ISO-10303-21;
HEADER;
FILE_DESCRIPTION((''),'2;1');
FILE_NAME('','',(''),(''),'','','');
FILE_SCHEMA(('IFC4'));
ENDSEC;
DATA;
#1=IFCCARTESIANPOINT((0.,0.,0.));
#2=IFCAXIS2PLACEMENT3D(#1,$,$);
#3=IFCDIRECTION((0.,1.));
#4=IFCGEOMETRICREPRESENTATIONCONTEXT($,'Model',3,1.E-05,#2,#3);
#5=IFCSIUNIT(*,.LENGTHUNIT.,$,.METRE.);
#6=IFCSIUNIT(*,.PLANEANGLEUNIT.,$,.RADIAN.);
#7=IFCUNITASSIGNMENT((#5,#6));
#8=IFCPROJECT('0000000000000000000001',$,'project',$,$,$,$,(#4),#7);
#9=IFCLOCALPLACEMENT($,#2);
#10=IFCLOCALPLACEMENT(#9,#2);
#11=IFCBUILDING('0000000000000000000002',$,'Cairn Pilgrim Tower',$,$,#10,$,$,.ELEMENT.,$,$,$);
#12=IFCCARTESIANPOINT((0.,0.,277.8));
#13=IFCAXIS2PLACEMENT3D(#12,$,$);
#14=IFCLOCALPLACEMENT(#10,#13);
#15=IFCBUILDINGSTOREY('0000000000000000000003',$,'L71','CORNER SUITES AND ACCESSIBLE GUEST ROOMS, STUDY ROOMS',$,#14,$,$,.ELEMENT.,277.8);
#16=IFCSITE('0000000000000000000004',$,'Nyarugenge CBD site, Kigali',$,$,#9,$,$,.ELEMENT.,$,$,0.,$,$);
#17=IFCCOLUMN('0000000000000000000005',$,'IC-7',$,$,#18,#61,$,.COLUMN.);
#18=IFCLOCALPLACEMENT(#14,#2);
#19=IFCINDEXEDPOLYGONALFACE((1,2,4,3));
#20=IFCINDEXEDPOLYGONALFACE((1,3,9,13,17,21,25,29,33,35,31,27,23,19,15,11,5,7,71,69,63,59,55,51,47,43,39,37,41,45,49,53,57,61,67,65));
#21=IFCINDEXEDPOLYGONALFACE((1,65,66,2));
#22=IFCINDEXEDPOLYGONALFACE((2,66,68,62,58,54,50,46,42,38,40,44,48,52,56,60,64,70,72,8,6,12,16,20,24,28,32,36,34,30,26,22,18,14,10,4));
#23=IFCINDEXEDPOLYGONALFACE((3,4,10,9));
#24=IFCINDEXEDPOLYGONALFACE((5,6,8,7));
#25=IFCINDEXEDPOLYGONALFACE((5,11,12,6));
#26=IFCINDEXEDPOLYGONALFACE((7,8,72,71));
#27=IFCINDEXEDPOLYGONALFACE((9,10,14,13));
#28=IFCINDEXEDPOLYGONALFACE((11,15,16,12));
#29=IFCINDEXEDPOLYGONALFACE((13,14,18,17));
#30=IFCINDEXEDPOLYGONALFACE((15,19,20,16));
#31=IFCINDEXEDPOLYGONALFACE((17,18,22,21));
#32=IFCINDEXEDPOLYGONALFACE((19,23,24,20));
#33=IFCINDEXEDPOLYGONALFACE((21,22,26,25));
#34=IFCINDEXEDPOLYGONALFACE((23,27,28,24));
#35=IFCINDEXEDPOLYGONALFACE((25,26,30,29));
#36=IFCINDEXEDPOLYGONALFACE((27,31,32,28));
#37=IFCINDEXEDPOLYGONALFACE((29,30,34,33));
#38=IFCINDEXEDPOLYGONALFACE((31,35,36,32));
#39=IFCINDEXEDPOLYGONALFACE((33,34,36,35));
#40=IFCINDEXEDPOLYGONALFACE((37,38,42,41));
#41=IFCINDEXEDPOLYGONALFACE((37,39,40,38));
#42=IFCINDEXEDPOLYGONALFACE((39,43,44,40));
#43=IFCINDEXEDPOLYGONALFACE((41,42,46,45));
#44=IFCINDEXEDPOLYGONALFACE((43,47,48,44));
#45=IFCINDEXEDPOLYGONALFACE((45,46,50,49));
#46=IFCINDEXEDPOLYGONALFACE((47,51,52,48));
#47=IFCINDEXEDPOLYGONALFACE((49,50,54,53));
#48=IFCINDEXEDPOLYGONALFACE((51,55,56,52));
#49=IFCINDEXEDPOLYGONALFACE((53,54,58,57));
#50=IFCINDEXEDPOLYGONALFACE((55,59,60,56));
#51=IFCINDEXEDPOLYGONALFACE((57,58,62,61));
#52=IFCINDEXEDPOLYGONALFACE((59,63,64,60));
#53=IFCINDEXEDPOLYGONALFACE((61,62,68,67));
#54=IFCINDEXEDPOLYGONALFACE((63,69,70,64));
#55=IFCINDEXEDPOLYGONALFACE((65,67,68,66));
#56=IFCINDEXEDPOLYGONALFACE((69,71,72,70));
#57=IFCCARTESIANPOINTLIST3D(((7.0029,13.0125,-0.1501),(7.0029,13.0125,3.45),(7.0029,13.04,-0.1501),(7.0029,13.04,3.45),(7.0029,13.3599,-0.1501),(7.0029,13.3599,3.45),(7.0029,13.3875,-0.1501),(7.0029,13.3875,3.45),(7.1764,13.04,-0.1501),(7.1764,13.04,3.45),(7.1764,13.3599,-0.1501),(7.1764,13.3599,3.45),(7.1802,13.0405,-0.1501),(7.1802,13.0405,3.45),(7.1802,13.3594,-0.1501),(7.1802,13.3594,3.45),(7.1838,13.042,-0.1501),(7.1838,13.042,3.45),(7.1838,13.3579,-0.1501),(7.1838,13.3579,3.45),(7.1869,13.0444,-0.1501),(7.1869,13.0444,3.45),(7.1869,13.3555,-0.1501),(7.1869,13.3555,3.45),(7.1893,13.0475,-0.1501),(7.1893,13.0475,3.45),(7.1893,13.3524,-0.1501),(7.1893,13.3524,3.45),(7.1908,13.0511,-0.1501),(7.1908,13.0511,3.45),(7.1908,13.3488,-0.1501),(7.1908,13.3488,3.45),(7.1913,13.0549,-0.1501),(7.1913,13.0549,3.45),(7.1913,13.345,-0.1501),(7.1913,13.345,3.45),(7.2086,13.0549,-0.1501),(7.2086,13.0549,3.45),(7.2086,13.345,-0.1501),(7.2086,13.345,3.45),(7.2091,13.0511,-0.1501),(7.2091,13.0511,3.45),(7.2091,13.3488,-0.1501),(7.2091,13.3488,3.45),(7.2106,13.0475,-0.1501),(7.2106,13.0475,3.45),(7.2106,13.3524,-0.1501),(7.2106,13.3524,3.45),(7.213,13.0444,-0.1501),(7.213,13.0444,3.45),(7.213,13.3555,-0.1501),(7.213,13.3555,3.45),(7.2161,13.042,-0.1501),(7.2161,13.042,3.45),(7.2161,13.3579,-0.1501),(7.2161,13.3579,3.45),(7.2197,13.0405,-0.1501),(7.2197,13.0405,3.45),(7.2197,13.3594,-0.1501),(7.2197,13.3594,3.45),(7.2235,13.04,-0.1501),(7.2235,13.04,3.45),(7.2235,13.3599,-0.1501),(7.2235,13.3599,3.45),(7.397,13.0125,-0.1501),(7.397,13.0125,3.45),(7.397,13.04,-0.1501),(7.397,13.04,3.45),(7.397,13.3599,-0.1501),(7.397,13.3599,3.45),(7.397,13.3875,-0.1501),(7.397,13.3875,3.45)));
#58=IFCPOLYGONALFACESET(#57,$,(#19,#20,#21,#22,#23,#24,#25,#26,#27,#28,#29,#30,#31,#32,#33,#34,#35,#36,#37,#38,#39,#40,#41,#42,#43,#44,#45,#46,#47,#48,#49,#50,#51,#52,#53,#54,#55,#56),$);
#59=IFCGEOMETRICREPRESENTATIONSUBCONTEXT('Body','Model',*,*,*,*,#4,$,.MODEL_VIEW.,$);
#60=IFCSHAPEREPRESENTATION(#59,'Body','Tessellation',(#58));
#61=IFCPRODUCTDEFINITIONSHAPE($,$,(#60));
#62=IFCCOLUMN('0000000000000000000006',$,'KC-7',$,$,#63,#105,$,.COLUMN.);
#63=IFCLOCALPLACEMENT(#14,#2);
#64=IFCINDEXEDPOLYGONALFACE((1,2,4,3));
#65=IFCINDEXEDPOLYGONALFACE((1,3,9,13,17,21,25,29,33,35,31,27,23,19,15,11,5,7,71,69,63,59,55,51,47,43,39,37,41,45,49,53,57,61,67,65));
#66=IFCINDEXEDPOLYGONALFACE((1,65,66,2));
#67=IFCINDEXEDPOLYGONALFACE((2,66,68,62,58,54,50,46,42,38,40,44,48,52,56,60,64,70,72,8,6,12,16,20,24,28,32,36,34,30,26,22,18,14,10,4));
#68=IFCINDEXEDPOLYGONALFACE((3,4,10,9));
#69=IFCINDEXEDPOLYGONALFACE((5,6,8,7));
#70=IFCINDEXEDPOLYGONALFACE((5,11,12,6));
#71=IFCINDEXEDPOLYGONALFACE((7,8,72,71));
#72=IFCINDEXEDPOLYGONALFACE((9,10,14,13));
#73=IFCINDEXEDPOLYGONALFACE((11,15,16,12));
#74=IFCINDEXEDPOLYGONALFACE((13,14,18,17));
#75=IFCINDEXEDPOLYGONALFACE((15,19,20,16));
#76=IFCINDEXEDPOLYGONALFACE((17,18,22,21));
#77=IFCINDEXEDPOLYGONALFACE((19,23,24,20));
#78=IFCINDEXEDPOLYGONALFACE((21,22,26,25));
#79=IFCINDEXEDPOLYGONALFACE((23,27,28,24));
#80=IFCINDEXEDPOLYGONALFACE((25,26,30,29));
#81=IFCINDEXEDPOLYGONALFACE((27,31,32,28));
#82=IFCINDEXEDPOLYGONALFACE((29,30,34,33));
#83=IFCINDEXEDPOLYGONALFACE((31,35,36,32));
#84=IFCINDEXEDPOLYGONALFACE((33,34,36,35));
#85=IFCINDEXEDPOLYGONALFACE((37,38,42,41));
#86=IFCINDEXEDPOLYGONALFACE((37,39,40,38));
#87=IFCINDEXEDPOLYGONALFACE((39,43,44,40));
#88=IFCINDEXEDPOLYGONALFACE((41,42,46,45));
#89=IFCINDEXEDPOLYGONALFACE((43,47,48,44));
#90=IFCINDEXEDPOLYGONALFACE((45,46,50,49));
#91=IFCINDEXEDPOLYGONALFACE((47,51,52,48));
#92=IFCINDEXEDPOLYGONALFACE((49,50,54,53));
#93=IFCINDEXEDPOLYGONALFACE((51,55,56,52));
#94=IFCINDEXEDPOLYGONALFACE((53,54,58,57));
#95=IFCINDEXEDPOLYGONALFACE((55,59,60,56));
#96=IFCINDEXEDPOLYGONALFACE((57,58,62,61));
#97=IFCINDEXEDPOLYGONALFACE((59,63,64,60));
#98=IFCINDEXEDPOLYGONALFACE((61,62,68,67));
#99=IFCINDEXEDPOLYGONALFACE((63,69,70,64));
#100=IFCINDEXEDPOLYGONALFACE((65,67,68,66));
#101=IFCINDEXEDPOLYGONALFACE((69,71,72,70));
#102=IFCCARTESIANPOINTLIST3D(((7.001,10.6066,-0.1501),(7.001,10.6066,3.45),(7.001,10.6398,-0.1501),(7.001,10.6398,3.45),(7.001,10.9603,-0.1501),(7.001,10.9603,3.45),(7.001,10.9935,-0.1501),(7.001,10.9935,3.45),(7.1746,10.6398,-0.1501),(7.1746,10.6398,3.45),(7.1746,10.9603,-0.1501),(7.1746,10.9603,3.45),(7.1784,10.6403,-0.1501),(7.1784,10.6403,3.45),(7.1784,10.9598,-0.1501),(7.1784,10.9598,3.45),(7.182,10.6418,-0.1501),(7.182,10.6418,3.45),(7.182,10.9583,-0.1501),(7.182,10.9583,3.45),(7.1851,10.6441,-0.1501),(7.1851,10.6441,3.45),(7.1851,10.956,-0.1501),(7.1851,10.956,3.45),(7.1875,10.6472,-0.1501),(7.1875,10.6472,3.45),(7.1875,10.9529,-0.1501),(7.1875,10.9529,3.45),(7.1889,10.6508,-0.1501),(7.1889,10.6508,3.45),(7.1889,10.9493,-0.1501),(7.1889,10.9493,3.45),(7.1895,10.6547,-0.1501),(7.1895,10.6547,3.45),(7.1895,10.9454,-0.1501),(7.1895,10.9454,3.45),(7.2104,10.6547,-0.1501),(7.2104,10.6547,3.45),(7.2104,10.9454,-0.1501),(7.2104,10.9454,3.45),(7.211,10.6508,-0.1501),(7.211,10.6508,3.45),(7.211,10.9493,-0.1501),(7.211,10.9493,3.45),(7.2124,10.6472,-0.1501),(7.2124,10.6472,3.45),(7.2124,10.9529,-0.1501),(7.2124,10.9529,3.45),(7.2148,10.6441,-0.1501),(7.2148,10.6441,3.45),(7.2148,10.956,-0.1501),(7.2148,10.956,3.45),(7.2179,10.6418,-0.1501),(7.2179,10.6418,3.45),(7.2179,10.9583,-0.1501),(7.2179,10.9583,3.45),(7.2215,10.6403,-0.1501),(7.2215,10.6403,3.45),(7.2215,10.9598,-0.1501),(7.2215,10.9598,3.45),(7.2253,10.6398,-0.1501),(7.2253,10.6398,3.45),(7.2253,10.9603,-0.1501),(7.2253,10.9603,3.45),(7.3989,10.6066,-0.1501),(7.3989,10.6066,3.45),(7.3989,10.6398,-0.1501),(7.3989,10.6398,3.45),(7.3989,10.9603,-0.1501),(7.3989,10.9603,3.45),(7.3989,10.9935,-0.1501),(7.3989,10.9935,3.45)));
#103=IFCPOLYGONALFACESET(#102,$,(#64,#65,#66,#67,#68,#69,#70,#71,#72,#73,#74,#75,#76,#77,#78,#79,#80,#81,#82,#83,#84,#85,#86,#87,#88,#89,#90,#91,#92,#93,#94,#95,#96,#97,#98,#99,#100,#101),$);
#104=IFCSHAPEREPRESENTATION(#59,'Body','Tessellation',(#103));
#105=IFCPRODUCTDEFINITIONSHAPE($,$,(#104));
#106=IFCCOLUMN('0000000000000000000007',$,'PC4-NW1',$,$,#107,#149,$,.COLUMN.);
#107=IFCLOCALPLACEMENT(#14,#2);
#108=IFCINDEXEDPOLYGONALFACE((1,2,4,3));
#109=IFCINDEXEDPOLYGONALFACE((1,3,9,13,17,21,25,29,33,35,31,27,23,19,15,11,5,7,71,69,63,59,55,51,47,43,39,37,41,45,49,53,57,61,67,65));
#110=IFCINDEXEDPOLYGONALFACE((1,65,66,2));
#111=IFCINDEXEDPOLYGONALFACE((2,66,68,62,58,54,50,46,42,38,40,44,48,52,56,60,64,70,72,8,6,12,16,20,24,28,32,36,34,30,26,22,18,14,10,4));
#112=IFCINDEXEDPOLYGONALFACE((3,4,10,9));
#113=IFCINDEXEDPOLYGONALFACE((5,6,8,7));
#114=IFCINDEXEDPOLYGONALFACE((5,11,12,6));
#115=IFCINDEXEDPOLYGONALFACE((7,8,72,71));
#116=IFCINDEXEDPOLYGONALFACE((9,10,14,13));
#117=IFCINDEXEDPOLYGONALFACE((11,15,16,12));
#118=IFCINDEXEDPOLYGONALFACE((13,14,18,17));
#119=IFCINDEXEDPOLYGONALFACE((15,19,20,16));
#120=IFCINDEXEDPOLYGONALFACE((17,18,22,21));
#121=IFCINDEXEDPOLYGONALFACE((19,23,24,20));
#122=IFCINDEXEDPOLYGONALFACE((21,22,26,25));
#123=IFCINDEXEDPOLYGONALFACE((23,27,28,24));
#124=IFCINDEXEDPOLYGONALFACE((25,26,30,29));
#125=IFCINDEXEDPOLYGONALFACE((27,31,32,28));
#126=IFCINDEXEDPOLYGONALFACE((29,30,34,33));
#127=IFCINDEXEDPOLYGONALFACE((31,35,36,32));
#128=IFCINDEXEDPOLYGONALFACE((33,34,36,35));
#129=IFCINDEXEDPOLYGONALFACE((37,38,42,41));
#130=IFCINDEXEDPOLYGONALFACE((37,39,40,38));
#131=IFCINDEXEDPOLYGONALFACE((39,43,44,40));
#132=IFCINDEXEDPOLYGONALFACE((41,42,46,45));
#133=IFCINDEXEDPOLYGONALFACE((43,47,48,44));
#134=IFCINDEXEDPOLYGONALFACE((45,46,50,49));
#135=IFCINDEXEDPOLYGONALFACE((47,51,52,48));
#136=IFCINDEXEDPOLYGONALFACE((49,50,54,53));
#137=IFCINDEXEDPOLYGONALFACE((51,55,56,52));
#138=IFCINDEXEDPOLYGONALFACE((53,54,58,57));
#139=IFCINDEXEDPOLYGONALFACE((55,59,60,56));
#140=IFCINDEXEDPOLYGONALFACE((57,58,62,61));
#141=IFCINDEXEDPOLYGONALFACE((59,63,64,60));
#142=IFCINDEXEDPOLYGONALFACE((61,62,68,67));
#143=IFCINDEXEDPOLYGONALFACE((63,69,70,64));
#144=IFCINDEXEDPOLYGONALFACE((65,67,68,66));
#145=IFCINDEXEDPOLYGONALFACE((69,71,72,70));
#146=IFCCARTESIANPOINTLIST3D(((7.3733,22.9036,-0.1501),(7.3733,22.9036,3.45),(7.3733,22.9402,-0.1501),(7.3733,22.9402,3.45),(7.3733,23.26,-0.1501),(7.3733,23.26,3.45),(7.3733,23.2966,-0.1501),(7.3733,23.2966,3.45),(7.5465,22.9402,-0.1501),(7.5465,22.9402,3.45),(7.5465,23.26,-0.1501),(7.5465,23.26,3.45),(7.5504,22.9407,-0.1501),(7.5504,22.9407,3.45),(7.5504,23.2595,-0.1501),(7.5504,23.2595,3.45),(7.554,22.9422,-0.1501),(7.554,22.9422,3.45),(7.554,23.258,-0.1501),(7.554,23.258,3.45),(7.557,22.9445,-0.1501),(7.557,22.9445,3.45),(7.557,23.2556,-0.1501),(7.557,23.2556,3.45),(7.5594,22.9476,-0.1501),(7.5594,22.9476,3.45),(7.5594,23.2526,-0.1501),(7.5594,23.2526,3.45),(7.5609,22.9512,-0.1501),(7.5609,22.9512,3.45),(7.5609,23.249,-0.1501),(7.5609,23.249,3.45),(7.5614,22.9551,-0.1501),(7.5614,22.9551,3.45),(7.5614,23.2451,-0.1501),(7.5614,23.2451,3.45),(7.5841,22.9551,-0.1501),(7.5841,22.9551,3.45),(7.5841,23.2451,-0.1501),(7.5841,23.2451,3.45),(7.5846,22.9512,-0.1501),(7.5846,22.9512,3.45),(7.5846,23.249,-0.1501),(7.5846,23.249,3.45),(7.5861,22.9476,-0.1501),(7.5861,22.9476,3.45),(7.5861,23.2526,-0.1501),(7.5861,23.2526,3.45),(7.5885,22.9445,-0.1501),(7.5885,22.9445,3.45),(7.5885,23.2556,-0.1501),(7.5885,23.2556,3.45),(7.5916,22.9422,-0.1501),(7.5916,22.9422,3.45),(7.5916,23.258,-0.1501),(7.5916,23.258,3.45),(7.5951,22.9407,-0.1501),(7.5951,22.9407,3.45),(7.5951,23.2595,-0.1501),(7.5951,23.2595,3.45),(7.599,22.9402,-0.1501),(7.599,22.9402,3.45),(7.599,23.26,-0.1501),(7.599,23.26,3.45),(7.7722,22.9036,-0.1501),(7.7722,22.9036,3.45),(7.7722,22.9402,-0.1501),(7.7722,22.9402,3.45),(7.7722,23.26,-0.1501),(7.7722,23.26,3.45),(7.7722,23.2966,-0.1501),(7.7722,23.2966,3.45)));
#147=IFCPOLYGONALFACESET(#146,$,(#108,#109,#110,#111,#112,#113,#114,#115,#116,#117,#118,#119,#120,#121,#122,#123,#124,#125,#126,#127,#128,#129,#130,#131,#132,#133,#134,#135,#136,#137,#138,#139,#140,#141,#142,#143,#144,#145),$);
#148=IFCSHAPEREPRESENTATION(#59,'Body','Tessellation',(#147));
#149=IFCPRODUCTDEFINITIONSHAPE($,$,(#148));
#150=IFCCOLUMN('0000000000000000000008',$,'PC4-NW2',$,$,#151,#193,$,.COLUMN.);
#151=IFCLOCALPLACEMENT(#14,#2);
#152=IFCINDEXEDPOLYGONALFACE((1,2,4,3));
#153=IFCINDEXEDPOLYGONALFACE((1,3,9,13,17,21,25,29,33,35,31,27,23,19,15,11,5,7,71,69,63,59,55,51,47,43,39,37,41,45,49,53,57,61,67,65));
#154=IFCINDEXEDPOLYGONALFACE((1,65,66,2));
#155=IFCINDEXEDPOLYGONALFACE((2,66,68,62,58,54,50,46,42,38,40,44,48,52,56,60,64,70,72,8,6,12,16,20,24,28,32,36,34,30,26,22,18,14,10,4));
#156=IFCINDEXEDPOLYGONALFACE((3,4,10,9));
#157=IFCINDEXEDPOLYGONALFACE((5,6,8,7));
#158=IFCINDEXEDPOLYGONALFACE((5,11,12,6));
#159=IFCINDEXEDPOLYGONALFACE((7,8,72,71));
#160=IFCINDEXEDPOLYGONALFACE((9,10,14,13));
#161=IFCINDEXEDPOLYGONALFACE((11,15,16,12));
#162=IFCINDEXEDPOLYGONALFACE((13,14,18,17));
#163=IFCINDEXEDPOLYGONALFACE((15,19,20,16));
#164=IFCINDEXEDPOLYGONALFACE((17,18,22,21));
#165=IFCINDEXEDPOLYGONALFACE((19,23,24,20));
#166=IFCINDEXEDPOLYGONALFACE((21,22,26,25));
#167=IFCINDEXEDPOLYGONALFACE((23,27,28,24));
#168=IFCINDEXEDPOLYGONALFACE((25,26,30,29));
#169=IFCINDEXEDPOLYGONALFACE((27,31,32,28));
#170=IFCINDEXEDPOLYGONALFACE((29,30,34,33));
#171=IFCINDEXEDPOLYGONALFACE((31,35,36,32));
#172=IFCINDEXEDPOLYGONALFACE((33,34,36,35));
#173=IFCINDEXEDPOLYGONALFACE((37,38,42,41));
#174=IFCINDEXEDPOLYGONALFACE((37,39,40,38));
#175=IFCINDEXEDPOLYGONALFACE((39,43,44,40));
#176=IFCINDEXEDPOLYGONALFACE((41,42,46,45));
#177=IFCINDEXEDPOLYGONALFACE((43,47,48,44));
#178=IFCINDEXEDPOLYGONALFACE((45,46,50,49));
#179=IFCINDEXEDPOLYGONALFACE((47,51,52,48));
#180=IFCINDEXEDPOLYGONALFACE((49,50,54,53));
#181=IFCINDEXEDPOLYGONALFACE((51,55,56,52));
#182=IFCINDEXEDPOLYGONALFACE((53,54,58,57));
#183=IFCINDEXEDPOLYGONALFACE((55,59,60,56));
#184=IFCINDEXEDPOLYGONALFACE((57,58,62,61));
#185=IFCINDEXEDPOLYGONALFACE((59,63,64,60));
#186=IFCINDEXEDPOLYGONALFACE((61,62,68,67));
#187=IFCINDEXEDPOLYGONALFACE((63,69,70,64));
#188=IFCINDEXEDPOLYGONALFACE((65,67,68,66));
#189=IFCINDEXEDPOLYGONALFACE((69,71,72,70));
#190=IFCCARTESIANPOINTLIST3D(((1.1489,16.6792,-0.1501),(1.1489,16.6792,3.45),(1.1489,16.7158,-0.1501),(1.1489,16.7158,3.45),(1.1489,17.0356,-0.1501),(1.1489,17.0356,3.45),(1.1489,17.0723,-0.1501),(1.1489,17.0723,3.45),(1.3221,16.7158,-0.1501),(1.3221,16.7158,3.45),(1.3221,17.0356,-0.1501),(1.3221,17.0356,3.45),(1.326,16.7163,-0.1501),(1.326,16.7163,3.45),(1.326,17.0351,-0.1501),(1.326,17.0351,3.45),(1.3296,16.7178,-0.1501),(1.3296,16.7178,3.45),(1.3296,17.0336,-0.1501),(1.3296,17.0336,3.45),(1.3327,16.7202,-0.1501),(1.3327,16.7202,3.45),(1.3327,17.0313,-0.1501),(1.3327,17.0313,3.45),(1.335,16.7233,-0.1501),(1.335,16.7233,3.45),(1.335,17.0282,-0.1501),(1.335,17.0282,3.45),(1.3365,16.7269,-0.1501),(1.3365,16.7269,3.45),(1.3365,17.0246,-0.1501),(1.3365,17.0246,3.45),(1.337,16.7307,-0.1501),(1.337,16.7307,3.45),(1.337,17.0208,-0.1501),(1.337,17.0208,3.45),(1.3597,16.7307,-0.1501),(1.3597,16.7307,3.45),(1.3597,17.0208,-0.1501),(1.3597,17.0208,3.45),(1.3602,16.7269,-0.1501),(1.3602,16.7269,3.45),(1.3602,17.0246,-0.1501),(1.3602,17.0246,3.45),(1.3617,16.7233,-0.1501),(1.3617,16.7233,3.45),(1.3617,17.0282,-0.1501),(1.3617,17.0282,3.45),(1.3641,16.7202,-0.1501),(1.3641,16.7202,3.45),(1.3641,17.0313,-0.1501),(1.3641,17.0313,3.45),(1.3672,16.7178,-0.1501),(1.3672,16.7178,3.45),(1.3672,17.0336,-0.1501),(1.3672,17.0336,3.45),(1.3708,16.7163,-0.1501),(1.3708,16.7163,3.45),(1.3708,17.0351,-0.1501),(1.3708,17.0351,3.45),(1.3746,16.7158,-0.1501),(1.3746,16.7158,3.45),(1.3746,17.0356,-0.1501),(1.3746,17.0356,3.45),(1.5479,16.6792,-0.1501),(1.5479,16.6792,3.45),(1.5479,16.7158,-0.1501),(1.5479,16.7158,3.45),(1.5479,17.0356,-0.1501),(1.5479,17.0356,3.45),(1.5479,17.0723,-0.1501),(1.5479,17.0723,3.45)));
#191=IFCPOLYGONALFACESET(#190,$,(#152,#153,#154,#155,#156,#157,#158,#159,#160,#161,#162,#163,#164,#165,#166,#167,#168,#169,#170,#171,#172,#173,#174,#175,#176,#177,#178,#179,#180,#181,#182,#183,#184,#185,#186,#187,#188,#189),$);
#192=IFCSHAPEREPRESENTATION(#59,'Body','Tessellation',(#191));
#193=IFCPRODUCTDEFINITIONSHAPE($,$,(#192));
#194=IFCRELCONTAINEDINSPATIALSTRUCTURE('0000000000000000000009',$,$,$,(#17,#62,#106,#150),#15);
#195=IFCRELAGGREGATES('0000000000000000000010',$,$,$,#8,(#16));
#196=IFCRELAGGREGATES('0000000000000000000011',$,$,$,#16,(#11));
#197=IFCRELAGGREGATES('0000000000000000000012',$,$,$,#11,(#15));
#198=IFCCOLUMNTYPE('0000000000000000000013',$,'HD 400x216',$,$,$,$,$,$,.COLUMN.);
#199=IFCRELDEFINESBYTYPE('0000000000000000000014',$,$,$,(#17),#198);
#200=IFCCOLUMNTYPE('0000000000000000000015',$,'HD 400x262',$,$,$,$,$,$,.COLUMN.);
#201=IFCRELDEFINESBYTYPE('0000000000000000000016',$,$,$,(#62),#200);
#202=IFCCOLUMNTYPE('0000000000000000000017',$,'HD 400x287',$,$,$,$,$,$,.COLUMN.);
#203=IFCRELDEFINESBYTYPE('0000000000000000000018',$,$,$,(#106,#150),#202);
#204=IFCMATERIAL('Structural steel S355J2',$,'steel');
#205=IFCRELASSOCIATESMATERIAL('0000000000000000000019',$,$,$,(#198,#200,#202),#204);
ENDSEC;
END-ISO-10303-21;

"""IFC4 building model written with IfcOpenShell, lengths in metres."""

from ifc_helpers import new_model, si_unit, direction, frame, origin, origin_2d, place, context, subcontext, project, spatial, i_section, extrude, material, material_profile, profile_set, type_object, element, save


model = new_model("IFC4")

# Units and contexts
model_context = context("Model", 3, precision=1e-05, world=origin(), true_north=direction((0.0, 1.0)))
body_context = subcontext(model_context, "Body", "Model", "MODEL_VIEW")
ifc_project = project(units=[si_unit("LENGTHUNIT", "METRE"), si_unit("PLANEANGLEUNIT", "RADIAN")], contexts=[model_context])

# Site, building, storey
site_placement = place(None, origin())
site = spatial("IfcSite", under=ifc_project, at=site_placement, Name="Nyarugenge CBD site, Kigali", CompositionType="ELEMENT", RefElevation=0.0)
building_placement = place(site_placement, origin())
building = spatial("IfcBuilding", under=site, at=building_placement, Name="Cairn Pilgrim Tower", CompositionType="ELEMENT")
storey_placement = place(building_placement, frame((0.0, 0.0, 277.8)))
storey = spatial("IfcBuildingStorey", under=building, at=storey_placement, Name="L71", Description="CORNER SUITES AND ACCESSIBLE GUEST ROOMS, STUDY ROOMS", CompositionType="ELEMENT", Elevation=277.8)

# Columns
ifc_material_1 = material(Name="Structural steel S355J2", Category="steel")
ifc_material_profile_1 = material_profile(ifc_material_1, i_section(OverallWidth=0.394, OverallDepth=0.375, WebThickness=0.0173, FlangeThickness=0.0276, FilletRadius=0.0149, at=origin_2d()), Name="HD 400x216")
ifc_profile_set_1 = profile_set([ifc_material_profile_1], Name="Structural steel S355J2")
column_type_1 = type_object("IfcColumnType", Name="HD 400x216", PredefinedType="COLUMN", material=ifc_profile_set_1)
column_1_placement = place(storey_placement, frame((7.2, 13.2, -0.1501), z_axis=(0.0, 0.0, 1.0), x_axis=(1.0, 0.0, 0.0)))
element("IfcColumn", 1, at=column_1_placement, inside=storey, type_object=column_type_1, Name="IC-7", PredefinedType="COLUMN", context=body_context, shape_type="SweptSolid", body=[
    extrude(i_section(OverallWidth=0.394, OverallDepth=0.375, WebThickness=0.0173, FlangeThickness=0.0276, FilletRadius=0.0149, at=origin_2d()), origin(), (0.0, 0.0, 1.0), 3.6001),
])
ifc_material_profile_2 = material_profile(ifc_material_1, i_section(OverallWidth=0.3979, OverallDepth=0.387, WebThickness=0.021, FlangeThickness=0.0332, FilletRadius=0.0149, at=origin_2d()), Name="HD 400x262")
ifc_profile_set_2 = profile_set([ifc_material_profile_2], Name="Structural steel S355J2")
column_type_2 = type_object("IfcColumnType", Name="HD 400x262", PredefinedType="COLUMN", material=ifc_profile_set_2)
column_2_placement = place(storey_placement, frame((7.2, 10.8, -0.1501), z_axis=(0.0, 0.0, 1.0), x_axis=(1.0, 0.0, 0.0)))
element("IfcColumn", 2, at=column_2_placement, inside=storey, type_object=column_type_2, Name="KC-7", PredefinedType="COLUMN", context=body_context, shape_type="SweptSolid", body=[
    extrude(i_section(OverallWidth=0.3979, OverallDepth=0.387, WebThickness=0.021, FlangeThickness=0.0332, FilletRadius=0.0149, at=origin_2d()), origin(), (0.0, 0.0, 1.0), 3.6001),
])
ifc_material_profile_3 = material_profile(ifc_material_1, i_section(OverallWidth=0.3989, OverallDepth=0.3931, WebThickness=0.0227, FlangeThickness=0.0366, FilletRadius=0.0149, at=origin_2d()), Name="HD 400x287")
ifc_profile_set_3 = profile_set([ifc_material_profile_3], Name="Structural steel S355J2")
column_type_3 = type_object("IfcColumnType", Name="HD 400x287", PredefinedType="COLUMN", material=ifc_profile_set_3)
for number, where, z_axis, x_axis, name in (
    (3, (7.5728, 23.1001, -0.1501), (0.0, 0.0, 1.0), (1.0, 0.0, 0.0), "PC4-NW1"),
    (4, (1.3484, 16.8757, -0.1501), (0.0, 0.0, 1.0), (1.0, 0.0, 0.0), "PC4-NW2"),
):
    element("IfcColumn", number, at=place(storey_placement, frame(where, z_axis=z_axis, x_axis=x_axis)), inside=storey, type_object=column_type_3, Name=name, PredefinedType="COLUMN", context=body_context, shape_type="SweptSolid", body=[
        extrude(i_section(OverallWidth=0.3989, OverallDepth=0.3931, WebThickness=0.0227, FlangeThickness=0.0366, FilletRadius=0.0149, at=origin_2d()), origin(), (0.0, 0.0, 1.0), 3.6001),
    ])

save(model, "model.ifc")
